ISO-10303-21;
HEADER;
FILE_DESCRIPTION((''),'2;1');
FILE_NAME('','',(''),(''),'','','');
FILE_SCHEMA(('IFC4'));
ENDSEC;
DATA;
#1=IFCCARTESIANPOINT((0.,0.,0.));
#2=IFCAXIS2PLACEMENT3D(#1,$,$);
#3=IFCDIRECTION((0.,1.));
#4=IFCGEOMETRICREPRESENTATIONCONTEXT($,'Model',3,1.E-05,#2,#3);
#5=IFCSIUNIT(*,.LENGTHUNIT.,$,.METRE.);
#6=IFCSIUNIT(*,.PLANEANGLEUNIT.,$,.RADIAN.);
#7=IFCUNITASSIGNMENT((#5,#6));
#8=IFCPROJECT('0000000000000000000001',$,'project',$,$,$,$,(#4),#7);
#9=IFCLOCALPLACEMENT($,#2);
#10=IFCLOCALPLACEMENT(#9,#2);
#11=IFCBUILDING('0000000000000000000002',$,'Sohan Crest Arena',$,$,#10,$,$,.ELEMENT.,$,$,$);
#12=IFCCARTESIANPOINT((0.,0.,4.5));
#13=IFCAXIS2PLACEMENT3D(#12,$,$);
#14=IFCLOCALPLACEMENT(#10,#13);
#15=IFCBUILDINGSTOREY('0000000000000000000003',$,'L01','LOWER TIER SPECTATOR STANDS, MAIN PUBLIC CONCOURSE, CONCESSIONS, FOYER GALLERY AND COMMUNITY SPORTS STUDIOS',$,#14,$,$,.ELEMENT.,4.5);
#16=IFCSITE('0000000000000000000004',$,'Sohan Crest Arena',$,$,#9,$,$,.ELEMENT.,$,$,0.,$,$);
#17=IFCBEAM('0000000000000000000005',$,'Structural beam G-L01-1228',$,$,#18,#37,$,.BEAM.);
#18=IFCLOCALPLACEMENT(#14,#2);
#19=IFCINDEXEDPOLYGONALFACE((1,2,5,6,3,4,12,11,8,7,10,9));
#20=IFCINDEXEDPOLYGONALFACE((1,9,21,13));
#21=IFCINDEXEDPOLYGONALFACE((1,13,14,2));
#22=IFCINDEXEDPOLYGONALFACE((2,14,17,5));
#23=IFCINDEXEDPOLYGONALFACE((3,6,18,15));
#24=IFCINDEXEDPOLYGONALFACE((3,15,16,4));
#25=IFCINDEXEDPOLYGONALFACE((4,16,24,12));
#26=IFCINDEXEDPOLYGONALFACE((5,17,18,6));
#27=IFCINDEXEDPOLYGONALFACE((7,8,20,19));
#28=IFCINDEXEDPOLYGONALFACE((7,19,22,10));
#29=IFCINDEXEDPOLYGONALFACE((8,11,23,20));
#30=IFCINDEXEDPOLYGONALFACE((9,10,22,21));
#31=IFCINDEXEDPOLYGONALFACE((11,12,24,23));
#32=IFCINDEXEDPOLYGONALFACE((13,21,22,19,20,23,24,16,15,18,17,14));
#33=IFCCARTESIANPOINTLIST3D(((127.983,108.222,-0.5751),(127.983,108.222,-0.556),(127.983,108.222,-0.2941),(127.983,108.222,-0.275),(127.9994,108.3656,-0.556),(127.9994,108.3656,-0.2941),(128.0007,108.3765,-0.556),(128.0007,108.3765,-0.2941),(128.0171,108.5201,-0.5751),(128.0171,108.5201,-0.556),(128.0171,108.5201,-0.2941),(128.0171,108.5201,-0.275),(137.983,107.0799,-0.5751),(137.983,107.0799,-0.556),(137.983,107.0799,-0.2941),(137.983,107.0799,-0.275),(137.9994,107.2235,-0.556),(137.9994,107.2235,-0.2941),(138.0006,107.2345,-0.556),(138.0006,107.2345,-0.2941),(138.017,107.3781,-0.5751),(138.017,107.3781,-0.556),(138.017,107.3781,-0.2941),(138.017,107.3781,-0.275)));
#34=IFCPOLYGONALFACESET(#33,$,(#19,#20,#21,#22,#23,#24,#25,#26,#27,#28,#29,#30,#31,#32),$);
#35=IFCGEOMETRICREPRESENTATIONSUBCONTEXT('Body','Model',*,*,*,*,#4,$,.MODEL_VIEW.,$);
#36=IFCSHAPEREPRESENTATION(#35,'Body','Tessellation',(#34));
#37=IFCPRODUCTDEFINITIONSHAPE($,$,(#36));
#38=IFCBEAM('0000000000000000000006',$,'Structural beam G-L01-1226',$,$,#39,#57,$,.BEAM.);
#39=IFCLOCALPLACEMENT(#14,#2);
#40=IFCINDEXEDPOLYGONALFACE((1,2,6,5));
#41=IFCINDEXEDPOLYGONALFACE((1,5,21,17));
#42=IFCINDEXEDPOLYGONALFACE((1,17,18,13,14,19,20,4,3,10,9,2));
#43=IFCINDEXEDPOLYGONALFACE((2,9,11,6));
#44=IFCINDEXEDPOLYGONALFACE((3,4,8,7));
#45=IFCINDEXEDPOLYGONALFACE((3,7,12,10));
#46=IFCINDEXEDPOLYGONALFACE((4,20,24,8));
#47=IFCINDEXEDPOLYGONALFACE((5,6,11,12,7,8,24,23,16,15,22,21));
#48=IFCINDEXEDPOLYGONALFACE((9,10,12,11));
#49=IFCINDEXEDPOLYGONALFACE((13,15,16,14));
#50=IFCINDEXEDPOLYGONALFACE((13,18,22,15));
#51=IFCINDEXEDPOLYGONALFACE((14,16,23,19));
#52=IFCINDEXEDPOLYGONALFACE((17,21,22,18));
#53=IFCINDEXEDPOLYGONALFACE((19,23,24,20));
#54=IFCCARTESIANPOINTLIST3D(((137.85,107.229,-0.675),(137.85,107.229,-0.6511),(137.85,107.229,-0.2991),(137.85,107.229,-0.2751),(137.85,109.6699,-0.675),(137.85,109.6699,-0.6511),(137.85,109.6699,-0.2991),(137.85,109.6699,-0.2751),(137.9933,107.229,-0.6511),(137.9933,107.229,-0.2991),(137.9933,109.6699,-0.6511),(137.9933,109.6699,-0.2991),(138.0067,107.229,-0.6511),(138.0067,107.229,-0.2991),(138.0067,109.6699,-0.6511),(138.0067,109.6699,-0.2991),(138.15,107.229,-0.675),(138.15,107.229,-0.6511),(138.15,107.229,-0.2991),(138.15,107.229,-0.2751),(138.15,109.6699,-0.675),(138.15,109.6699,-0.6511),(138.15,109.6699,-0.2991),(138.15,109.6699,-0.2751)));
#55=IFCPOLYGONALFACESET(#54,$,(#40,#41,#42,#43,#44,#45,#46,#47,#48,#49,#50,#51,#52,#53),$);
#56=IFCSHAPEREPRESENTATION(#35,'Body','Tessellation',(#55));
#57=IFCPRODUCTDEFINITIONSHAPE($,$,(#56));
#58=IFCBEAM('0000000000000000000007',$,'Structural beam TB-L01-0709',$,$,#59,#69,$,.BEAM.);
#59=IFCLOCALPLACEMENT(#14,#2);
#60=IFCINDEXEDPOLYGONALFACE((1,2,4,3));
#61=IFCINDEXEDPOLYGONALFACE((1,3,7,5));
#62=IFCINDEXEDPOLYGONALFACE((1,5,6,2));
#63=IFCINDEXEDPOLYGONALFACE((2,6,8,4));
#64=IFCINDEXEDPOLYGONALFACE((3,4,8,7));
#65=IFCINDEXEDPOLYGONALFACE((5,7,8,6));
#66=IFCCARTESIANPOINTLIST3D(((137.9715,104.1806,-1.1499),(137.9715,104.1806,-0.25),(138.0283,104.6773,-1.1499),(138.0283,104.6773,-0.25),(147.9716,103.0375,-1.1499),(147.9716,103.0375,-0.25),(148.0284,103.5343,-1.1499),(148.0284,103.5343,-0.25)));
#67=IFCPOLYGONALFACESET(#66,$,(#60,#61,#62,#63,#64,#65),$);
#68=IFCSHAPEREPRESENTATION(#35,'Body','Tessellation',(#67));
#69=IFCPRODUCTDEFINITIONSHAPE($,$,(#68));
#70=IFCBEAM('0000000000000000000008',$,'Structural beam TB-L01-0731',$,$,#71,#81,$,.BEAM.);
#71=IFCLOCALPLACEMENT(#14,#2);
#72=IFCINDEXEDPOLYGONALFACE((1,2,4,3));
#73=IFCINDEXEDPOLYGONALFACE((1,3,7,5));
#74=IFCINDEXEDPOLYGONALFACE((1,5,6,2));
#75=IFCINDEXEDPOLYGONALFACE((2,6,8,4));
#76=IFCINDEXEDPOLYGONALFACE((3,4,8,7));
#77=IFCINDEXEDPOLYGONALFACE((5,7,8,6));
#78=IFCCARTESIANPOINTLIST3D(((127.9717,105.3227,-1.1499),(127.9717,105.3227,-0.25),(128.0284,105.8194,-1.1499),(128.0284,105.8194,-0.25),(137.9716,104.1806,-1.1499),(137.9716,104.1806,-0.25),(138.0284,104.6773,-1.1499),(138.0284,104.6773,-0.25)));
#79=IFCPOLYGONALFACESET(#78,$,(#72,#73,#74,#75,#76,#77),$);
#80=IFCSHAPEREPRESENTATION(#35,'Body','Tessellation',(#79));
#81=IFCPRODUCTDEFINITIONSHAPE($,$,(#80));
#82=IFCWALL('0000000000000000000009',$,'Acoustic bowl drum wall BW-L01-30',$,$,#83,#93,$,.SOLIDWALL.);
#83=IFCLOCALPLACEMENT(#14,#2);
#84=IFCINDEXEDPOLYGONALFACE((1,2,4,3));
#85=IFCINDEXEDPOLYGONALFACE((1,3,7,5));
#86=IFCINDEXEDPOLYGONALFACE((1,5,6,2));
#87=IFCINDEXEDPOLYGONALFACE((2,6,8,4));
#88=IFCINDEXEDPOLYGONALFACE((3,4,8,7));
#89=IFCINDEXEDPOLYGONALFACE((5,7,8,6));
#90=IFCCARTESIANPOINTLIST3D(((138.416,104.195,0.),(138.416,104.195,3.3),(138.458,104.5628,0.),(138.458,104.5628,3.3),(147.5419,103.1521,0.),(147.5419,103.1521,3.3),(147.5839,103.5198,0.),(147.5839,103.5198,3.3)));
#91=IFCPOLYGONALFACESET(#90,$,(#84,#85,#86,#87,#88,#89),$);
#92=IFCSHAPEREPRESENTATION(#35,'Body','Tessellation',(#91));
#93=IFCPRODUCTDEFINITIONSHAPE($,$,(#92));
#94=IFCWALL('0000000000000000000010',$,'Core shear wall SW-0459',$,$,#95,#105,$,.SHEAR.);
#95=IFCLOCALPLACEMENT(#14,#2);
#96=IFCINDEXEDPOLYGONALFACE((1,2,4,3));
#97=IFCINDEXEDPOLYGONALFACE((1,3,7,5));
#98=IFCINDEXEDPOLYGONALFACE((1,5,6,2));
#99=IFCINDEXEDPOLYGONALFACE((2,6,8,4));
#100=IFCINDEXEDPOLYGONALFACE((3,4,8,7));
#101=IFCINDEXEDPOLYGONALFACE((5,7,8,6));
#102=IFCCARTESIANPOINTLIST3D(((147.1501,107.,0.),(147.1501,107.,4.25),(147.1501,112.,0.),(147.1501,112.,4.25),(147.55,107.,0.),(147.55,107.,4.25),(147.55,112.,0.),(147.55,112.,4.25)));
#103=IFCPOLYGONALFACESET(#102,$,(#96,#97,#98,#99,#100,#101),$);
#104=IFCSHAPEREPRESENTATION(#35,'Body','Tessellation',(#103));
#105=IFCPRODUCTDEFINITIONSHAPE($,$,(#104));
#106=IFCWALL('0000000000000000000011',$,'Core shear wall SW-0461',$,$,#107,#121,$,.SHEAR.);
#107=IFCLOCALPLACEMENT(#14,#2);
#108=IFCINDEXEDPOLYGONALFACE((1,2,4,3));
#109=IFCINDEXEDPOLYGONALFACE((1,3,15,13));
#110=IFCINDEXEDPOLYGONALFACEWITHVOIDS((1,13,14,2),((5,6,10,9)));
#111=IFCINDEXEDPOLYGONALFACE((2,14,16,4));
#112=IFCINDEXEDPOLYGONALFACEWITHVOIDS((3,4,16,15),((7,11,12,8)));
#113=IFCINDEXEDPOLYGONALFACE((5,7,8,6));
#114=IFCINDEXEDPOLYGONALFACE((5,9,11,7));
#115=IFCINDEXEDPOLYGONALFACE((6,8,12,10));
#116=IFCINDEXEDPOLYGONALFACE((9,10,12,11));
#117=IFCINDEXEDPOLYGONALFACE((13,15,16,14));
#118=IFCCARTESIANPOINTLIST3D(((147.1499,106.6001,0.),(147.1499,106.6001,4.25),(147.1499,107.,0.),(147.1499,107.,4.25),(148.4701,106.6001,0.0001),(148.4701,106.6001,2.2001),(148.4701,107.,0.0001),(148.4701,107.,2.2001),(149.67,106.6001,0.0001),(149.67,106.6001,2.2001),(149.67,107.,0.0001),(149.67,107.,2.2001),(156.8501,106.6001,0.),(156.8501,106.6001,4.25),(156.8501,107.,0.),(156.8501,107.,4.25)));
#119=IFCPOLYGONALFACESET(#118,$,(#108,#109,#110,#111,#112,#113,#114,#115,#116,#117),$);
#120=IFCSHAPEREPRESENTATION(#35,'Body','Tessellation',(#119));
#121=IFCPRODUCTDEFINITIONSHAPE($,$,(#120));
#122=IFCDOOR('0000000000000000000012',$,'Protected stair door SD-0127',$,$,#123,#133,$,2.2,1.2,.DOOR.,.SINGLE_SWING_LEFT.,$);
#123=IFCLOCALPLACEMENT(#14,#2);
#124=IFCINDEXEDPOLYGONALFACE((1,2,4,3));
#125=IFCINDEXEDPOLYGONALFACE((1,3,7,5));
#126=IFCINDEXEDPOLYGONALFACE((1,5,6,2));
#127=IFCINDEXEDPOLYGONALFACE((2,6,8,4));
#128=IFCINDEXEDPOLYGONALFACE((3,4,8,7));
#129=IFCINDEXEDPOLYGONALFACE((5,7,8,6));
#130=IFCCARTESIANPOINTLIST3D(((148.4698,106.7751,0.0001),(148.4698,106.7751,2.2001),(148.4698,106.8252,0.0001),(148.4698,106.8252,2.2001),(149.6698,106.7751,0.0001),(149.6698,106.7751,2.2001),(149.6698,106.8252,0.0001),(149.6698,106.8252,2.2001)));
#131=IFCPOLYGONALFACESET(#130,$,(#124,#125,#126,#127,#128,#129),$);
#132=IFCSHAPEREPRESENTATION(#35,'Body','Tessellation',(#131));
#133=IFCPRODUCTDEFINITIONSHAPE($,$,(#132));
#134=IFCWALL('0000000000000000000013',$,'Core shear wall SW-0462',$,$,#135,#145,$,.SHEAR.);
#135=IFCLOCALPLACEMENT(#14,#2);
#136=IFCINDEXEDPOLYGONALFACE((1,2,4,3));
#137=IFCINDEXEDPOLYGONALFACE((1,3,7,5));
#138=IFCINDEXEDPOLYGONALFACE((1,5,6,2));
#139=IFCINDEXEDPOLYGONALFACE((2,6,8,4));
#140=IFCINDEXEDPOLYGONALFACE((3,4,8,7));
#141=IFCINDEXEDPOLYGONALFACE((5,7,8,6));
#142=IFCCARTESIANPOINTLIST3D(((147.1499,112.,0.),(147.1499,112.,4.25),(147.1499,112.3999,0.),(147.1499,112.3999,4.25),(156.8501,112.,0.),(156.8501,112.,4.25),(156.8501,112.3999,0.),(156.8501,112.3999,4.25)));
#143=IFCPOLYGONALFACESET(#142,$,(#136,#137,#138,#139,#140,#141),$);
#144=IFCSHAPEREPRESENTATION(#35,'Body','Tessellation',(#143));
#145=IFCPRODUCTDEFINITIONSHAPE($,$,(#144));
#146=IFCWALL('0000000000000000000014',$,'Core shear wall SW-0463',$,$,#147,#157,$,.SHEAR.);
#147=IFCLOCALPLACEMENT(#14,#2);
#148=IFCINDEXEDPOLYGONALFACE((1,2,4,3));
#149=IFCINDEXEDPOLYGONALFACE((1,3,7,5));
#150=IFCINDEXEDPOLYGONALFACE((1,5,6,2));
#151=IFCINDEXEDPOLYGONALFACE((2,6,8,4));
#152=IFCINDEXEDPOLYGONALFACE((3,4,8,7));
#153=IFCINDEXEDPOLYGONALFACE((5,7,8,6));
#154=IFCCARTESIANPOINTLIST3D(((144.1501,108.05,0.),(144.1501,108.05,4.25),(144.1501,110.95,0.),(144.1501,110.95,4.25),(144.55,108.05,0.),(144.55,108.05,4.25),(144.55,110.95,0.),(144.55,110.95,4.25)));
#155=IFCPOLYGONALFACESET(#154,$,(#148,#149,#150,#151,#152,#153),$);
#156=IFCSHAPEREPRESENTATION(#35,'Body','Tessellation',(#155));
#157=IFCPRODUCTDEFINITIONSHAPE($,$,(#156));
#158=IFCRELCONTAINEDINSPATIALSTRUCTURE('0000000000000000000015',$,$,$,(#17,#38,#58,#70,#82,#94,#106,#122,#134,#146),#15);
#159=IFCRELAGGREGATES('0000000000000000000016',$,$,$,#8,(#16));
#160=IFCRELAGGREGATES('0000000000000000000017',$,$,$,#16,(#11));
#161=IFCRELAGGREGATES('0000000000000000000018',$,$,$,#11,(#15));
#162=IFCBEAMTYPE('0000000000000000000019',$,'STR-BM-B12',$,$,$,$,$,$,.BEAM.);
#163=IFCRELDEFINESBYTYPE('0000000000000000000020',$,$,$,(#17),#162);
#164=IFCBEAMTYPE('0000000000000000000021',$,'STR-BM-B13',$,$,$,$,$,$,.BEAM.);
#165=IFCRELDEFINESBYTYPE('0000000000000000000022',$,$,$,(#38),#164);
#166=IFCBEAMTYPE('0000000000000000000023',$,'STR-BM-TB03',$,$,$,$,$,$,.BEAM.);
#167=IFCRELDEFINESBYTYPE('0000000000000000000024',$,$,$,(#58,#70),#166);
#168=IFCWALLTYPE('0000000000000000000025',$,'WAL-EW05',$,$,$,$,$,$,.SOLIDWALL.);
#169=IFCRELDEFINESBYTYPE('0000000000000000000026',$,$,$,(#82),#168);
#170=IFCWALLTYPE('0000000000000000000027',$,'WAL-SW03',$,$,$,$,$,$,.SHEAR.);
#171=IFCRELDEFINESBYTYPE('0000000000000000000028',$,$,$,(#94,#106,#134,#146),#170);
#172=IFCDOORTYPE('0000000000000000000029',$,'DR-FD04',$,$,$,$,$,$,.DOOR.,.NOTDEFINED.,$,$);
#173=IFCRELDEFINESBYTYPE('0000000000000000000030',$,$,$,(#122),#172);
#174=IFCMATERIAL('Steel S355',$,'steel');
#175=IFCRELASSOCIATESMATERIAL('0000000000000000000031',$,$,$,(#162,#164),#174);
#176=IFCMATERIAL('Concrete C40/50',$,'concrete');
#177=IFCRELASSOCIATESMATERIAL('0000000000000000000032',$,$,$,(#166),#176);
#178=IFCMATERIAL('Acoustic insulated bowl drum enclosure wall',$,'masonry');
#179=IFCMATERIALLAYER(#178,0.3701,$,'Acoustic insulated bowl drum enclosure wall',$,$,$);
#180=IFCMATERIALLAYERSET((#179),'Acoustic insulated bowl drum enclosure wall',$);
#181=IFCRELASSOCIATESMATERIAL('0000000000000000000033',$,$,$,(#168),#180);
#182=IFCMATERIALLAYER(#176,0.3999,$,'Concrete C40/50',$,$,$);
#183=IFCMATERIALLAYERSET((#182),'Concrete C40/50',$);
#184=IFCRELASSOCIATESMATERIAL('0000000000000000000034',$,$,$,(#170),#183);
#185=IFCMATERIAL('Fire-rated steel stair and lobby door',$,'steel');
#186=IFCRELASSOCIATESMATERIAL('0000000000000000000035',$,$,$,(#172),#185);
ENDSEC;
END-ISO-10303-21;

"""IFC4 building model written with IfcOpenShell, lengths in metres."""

from ifc_helpers import new_model, si_unit, direction, frame, frame_2d, origin, origin_2d, place, context, subcontext, project, spatial, rectangle, i_section, extrude, material, layer, layer_set, material_profile, profile_set, type_object, element, fill, save


model = new_model("IFC4")

# Units and contexts
model_context = context("Model", 3, precision=1e-05, world=origin(), true_north=direction((0.0, 1.0)))
body_context = subcontext(model_context, "Body", "Model", "MODEL_VIEW")
ifc_project = project(units=[si_unit("LENGTHUNIT", "METRE"), si_unit("PLANEANGLEUNIT", "RADIAN")], contexts=[model_context])

# Site, building, storey
site_placement = place(None, origin())
site = spatial("IfcSite", under=ifc_project, at=site_placement, Name="Sohan Crest Arena", CompositionType="ELEMENT", RefElevation=0.0)
building_placement = place(site_placement, origin())
building = spatial("IfcBuilding", under=site, at=building_placement, Name="Sohan Crest Arena", CompositionType="ELEMENT")
storey_placement = place(building_placement, frame((0.0, 0.0, 4.5)))
storey = spatial("IfcBuildingStorey", under=building, at=storey_placement, Name="L01", Description="LOWER TIER SPECTATOR STANDS, MAIN PUBLIC CONCOURSE, CONCESSIONS, FOYER GALLERY AND COMMUNITY SPORTS STUDIOS", CompositionType="ELEMENT", Elevation=4.5)

# Shared definitions
ifc_material_1 = material(Name="Concrete C40/50", Category="concrete")
ifc_material_2 = material(Name="Steel S355", Category="steel")

# Beams
ifc_material_profile_1 = material_profile(ifc_material_2, i_section(OverallWidth=0.3, OverallDepth=0.3, WebThickness=0.011, FlangeThickness=0.019, at=origin_2d()), Name="HEB 300")
ifc_profile_set_1 = profile_set([ifc_material_profile_1], Name="Steel S355")
beam_type_1 = type_object("IfcBeamType", Name="STR-BM-B12", PredefinedType="BEAM", material=ifc_profile_set_1)
beam_1_placement = place(storey_placement, frame((138.0, 107.229, -0.425), z_axis=(-0.993541, 0.113471, 0.0), x_axis=(-0.113471, -0.993541, 0.0)))
element("IfcBeam", 1, at=beam_1_placement, inside=storey, type_object=beam_type_1, Name="Structural beam G-L01-1228", PredefinedType="BEAM", context=body_context, shape_type="SweptSolid", body=[
    extrude(i_section(OverallWidth=0.3, OverallDepth=0.3, WebThickness=0.011, FlangeThickness=0.019, at=origin_2d()), origin(), (0.0, 0.0, 1.0), 10.0649),
])
ifc_material_profile_2 = material_profile(ifc_material_2, i_section(OverallWidth=0.3, OverallDepth=0.3999, WebThickness=0.0134, FlangeThickness=0.0239, at=origin_2d()), Name="HEB 400")
ifc_profile_set_2 = profile_set([ifc_material_profile_2], Name="Steel S355")
beam_type_2 = type_object("IfcBeamType", Name="STR-BM-B13", PredefinedType="BEAM", material=ifc_profile_set_2)
beam_2_placement = place(storey_placement, frame((138.0, 107.229, -0.4751), z_axis=(0.0, 1.0, 0.0), x_axis=(-1.0, 0.0, 0.0)))
element("IfcBeam", 2, at=beam_2_placement, inside=storey, type_object=beam_type_2, Name="Structural beam G-L01-1226", PredefinedType="BEAM", context=body_context, shape_type="SweptSolid", body=[
    extrude(i_section(OverallWidth=0.3, OverallDepth=0.3999, WebThickness=0.0134, FlangeThickness=0.0239, at=origin_2d()), origin(), (0.0, 0.0, 1.0), 2.4409),
])
ifc_material_profile_3 = material_profile(ifc_material_1, rectangle(XDim=0.5, YDim=0.8999, at=origin_2d()), Name="RC-BM 500x900")
ifc_profile_set_3 = profile_set([ifc_material_profile_3], Name="Concrete C40/50")
beam_type_3 = type_object("IfcBeamType", Name="STR-BM-TB03", PredefinedType="BEAM", material=ifc_profile_set_3)
beam_3_placement = place(storey_placement, frame((148.0, 103.2859, -0.7), z_axis=(-0.99353, 0.113567, 0.0), x_axis=(-0.113567, -0.99353, 0.0)))
element("IfcBeam", 3, at=beam_3_placement, inside=storey, type_object=beam_type_3, Name="Structural beam TB-L01-0709", PredefinedType="BEAM", context=body_context, shape_type="SweptSolid", body=[
    extrude(rectangle(XDim=0.5, YDim=0.8999, at=origin_2d()), origin(), (0.0, 0.0, 1.0), 10.0652),
])
beam_4_placement = place(storey_placement, frame((138.0, 104.429, -0.7), z_axis=(-0.993541, 0.113471, 0.0), x_axis=(-0.113471, -0.993541, 0.0)))
element("IfcBeam", 4, at=beam_4_placement, inside=storey, type_object=beam_type_3, Name="Structural beam TB-L01-0731", PredefinedType="BEAM", context=body_context, shape_type="SweptSolid", body=[
    extrude(rectangle(XDim=0.5, YDim=0.8999, at=origin_2d()), origin(), (0.0, 0.0, 1.0), 10.0649),
])

# Walls
ifc_material_3 = material(Name="Acoustic insulated bowl drum enclosure wall", Category="masonry")
ifc_layer_1 = layer(ifc_material_3, 0.3701, Name="Acoustic insulated bowl drum enclosure wall")
ifc_layer_set_1 = layer_set([ifc_layer_1], Name="Acoustic insulated bowl drum enclosure wall")
wall_type_1 = type_object("IfcWallType", Name="WAL-EW05", PredefinedType="SOLIDWALL", material=ifc_layer_set_1)
wall_1_placement = place(storey_placement, frame((147.563, 103.3359, 0.0), z_axis=(0.0, 0.0, 1.0), x_axis=(-0.993533, 0.113547, 0.0)))
element("IfcWall", 5, at=wall_1_placement, inside=storey, type_object=wall_type_1, Name="Acoustic bowl drum wall BW-L01-30", PredefinedType="SOLIDWALL", context=body_context, shape_type="SweptSolid", body=[
    extrude(rectangle(XDim=9.1853, YDim=0.3701, at=frame_2d((4.5928, 0.0))), origin(), (0.0, 0.0, 1.0), 3.3),
])
ifc_layer_2 = layer(ifc_material_1, 0.3999, Name="Concrete C40/50")
ifc_layer_set_2 = layer_set([ifc_layer_2], Name="Concrete C40/50")
wall_type_2 = type_object("IfcWallType", Name="WAL-SW03", PredefinedType="SHEAR", material=ifc_layer_set_2)
wall_2_placement = place(storey_placement, frame((147.3501, 107.0, 0.0), z_axis=(0.0, 0.0, 1.0), x_axis=(0.0, 1.0, 0.0)))
element("IfcWall", 6, at=wall_2_placement, inside=storey, type_object=wall_type_2, Name="Core shear wall SW-0459", PredefinedType="SHEAR", context=body_context, shape_type="SweptSolid", body=[
    extrude(rectangle(XDim=5.0, YDim=0.3999, at=frame_2d((2.5, 0.0))), origin(), (0.0, 0.0, 1.0), 4.25),
])

# Wall, opening, door
wall_3_placement = place(storey_placement, frame((147.1499, 106.8, 0.0), z_axis=(0.0, 0.0, 1.0), x_axis=(1.0, 0.0, 0.0)))
wall_3 = element("IfcWall", 7, at=wall_3_placement, inside=storey, type_object=wall_type_2, Name="Core shear wall SW-0461", PredefinedType="SHEAR", context=body_context, shape_type="SweptSolid", body=[
    extrude(rectangle(XDim=9.7002, YDim=0.3999, at=frame_2d((4.8501, 0.0))), origin(), (0.0, 0.0, 1.0), 4.25),
])
opening_1_placement = place(wall_3_placement, frame((1.3201, 0.0, 0.0)))
opening_1 = element("IfcOpeningElement", 8, at=opening_1_placement, cuts=wall_3, PredefinedType="OPENING", context=body_context, shape_type="SweptSolid", body=[
    extrude(rectangle(XDim=1.2, YDim=2.2, at=frame_2d((0.6001, 1.1001))), frame((0.0, 0.21, 0.0), z_axis=(0.0, -1.0, 0.0), x_axis=(1.0, 0.0, 0.0)), (0.0, 0.0, 1.0), 0.4199),
])
ifc_material_4 = material(Name="Fire-rated steel stair and lobby door", Category="steel")
door_type_1 = type_object("IfcDoorType", Name="DR-FD04", OperationType="NOTDEFINED", PredefinedType="DOOR", material=ifc_material_4)
door_1_placement = place(opening_1_placement, frame((1.2, 0.0, 0.0), z_axis=(0.0, 0.0, 1.0), x_axis=(-1.0, 0.0, 0.0)))
door_1 = element("IfcDoor", 9, at=door_1_placement, inside=storey, type_object=door_type_1, Name="Protected stair door SD-0127", OperationType="SINGLE_SWING_LEFT", OverallHeight=2.2, OverallWidth=1.2, PredefinedType="DOOR", context=body_context, shape_type="SweptSolid", body=[
    extrude(rectangle(XDim=1.2, YDim=2.2, at=frame_2d((0.6001, 1.1001))), frame((0.0, 0.0249, 0.0), z_axis=(0.0, -1.0, 0.0), x_axis=(1.0, 0.0, 0.0)), (0.0, 0.0, 1.0), 0.05),
])
fill(opening_1, door_1)

# Walls
wall_4_placement = place(storey_placement, frame((147.1499, 112.2, 0.0), z_axis=(0.0, 0.0, 1.0), x_axis=(1.0, 0.0, 0.0)))
element("IfcWall", 10, at=wall_4_placement, inside=storey, type_object=wall_type_2, Name="Core shear wall SW-0462", PredefinedType="SHEAR", context=body_context, shape_type="SweptSolid", body=[
    extrude(rectangle(XDim=9.7002, YDim=0.3999, at=frame_2d((4.8501, 0.0))), origin(), (0.0, 0.0, 1.0), 4.25),
])
wall_5_placement = place(storey_placement, frame((144.3501, 108.05, 0.0), z_axis=(0.0, 0.0, 1.0), x_axis=(0.0, 1.0, 0.0)))
element("IfcWall", 11, at=wall_5_placement, inside=storey, type_object=wall_type_2, Name="Core shear wall SW-0463", PredefinedType="SHEAR", context=body_context, shape_type="SweptSolid", body=[
    extrude(rectangle(XDim=2.8999, YDim=0.3999, at=frame_2d((1.45, 0.0))), origin(), (0.0, 0.0, 1.0), 4.25),
])

save(model, "model.ifc")
